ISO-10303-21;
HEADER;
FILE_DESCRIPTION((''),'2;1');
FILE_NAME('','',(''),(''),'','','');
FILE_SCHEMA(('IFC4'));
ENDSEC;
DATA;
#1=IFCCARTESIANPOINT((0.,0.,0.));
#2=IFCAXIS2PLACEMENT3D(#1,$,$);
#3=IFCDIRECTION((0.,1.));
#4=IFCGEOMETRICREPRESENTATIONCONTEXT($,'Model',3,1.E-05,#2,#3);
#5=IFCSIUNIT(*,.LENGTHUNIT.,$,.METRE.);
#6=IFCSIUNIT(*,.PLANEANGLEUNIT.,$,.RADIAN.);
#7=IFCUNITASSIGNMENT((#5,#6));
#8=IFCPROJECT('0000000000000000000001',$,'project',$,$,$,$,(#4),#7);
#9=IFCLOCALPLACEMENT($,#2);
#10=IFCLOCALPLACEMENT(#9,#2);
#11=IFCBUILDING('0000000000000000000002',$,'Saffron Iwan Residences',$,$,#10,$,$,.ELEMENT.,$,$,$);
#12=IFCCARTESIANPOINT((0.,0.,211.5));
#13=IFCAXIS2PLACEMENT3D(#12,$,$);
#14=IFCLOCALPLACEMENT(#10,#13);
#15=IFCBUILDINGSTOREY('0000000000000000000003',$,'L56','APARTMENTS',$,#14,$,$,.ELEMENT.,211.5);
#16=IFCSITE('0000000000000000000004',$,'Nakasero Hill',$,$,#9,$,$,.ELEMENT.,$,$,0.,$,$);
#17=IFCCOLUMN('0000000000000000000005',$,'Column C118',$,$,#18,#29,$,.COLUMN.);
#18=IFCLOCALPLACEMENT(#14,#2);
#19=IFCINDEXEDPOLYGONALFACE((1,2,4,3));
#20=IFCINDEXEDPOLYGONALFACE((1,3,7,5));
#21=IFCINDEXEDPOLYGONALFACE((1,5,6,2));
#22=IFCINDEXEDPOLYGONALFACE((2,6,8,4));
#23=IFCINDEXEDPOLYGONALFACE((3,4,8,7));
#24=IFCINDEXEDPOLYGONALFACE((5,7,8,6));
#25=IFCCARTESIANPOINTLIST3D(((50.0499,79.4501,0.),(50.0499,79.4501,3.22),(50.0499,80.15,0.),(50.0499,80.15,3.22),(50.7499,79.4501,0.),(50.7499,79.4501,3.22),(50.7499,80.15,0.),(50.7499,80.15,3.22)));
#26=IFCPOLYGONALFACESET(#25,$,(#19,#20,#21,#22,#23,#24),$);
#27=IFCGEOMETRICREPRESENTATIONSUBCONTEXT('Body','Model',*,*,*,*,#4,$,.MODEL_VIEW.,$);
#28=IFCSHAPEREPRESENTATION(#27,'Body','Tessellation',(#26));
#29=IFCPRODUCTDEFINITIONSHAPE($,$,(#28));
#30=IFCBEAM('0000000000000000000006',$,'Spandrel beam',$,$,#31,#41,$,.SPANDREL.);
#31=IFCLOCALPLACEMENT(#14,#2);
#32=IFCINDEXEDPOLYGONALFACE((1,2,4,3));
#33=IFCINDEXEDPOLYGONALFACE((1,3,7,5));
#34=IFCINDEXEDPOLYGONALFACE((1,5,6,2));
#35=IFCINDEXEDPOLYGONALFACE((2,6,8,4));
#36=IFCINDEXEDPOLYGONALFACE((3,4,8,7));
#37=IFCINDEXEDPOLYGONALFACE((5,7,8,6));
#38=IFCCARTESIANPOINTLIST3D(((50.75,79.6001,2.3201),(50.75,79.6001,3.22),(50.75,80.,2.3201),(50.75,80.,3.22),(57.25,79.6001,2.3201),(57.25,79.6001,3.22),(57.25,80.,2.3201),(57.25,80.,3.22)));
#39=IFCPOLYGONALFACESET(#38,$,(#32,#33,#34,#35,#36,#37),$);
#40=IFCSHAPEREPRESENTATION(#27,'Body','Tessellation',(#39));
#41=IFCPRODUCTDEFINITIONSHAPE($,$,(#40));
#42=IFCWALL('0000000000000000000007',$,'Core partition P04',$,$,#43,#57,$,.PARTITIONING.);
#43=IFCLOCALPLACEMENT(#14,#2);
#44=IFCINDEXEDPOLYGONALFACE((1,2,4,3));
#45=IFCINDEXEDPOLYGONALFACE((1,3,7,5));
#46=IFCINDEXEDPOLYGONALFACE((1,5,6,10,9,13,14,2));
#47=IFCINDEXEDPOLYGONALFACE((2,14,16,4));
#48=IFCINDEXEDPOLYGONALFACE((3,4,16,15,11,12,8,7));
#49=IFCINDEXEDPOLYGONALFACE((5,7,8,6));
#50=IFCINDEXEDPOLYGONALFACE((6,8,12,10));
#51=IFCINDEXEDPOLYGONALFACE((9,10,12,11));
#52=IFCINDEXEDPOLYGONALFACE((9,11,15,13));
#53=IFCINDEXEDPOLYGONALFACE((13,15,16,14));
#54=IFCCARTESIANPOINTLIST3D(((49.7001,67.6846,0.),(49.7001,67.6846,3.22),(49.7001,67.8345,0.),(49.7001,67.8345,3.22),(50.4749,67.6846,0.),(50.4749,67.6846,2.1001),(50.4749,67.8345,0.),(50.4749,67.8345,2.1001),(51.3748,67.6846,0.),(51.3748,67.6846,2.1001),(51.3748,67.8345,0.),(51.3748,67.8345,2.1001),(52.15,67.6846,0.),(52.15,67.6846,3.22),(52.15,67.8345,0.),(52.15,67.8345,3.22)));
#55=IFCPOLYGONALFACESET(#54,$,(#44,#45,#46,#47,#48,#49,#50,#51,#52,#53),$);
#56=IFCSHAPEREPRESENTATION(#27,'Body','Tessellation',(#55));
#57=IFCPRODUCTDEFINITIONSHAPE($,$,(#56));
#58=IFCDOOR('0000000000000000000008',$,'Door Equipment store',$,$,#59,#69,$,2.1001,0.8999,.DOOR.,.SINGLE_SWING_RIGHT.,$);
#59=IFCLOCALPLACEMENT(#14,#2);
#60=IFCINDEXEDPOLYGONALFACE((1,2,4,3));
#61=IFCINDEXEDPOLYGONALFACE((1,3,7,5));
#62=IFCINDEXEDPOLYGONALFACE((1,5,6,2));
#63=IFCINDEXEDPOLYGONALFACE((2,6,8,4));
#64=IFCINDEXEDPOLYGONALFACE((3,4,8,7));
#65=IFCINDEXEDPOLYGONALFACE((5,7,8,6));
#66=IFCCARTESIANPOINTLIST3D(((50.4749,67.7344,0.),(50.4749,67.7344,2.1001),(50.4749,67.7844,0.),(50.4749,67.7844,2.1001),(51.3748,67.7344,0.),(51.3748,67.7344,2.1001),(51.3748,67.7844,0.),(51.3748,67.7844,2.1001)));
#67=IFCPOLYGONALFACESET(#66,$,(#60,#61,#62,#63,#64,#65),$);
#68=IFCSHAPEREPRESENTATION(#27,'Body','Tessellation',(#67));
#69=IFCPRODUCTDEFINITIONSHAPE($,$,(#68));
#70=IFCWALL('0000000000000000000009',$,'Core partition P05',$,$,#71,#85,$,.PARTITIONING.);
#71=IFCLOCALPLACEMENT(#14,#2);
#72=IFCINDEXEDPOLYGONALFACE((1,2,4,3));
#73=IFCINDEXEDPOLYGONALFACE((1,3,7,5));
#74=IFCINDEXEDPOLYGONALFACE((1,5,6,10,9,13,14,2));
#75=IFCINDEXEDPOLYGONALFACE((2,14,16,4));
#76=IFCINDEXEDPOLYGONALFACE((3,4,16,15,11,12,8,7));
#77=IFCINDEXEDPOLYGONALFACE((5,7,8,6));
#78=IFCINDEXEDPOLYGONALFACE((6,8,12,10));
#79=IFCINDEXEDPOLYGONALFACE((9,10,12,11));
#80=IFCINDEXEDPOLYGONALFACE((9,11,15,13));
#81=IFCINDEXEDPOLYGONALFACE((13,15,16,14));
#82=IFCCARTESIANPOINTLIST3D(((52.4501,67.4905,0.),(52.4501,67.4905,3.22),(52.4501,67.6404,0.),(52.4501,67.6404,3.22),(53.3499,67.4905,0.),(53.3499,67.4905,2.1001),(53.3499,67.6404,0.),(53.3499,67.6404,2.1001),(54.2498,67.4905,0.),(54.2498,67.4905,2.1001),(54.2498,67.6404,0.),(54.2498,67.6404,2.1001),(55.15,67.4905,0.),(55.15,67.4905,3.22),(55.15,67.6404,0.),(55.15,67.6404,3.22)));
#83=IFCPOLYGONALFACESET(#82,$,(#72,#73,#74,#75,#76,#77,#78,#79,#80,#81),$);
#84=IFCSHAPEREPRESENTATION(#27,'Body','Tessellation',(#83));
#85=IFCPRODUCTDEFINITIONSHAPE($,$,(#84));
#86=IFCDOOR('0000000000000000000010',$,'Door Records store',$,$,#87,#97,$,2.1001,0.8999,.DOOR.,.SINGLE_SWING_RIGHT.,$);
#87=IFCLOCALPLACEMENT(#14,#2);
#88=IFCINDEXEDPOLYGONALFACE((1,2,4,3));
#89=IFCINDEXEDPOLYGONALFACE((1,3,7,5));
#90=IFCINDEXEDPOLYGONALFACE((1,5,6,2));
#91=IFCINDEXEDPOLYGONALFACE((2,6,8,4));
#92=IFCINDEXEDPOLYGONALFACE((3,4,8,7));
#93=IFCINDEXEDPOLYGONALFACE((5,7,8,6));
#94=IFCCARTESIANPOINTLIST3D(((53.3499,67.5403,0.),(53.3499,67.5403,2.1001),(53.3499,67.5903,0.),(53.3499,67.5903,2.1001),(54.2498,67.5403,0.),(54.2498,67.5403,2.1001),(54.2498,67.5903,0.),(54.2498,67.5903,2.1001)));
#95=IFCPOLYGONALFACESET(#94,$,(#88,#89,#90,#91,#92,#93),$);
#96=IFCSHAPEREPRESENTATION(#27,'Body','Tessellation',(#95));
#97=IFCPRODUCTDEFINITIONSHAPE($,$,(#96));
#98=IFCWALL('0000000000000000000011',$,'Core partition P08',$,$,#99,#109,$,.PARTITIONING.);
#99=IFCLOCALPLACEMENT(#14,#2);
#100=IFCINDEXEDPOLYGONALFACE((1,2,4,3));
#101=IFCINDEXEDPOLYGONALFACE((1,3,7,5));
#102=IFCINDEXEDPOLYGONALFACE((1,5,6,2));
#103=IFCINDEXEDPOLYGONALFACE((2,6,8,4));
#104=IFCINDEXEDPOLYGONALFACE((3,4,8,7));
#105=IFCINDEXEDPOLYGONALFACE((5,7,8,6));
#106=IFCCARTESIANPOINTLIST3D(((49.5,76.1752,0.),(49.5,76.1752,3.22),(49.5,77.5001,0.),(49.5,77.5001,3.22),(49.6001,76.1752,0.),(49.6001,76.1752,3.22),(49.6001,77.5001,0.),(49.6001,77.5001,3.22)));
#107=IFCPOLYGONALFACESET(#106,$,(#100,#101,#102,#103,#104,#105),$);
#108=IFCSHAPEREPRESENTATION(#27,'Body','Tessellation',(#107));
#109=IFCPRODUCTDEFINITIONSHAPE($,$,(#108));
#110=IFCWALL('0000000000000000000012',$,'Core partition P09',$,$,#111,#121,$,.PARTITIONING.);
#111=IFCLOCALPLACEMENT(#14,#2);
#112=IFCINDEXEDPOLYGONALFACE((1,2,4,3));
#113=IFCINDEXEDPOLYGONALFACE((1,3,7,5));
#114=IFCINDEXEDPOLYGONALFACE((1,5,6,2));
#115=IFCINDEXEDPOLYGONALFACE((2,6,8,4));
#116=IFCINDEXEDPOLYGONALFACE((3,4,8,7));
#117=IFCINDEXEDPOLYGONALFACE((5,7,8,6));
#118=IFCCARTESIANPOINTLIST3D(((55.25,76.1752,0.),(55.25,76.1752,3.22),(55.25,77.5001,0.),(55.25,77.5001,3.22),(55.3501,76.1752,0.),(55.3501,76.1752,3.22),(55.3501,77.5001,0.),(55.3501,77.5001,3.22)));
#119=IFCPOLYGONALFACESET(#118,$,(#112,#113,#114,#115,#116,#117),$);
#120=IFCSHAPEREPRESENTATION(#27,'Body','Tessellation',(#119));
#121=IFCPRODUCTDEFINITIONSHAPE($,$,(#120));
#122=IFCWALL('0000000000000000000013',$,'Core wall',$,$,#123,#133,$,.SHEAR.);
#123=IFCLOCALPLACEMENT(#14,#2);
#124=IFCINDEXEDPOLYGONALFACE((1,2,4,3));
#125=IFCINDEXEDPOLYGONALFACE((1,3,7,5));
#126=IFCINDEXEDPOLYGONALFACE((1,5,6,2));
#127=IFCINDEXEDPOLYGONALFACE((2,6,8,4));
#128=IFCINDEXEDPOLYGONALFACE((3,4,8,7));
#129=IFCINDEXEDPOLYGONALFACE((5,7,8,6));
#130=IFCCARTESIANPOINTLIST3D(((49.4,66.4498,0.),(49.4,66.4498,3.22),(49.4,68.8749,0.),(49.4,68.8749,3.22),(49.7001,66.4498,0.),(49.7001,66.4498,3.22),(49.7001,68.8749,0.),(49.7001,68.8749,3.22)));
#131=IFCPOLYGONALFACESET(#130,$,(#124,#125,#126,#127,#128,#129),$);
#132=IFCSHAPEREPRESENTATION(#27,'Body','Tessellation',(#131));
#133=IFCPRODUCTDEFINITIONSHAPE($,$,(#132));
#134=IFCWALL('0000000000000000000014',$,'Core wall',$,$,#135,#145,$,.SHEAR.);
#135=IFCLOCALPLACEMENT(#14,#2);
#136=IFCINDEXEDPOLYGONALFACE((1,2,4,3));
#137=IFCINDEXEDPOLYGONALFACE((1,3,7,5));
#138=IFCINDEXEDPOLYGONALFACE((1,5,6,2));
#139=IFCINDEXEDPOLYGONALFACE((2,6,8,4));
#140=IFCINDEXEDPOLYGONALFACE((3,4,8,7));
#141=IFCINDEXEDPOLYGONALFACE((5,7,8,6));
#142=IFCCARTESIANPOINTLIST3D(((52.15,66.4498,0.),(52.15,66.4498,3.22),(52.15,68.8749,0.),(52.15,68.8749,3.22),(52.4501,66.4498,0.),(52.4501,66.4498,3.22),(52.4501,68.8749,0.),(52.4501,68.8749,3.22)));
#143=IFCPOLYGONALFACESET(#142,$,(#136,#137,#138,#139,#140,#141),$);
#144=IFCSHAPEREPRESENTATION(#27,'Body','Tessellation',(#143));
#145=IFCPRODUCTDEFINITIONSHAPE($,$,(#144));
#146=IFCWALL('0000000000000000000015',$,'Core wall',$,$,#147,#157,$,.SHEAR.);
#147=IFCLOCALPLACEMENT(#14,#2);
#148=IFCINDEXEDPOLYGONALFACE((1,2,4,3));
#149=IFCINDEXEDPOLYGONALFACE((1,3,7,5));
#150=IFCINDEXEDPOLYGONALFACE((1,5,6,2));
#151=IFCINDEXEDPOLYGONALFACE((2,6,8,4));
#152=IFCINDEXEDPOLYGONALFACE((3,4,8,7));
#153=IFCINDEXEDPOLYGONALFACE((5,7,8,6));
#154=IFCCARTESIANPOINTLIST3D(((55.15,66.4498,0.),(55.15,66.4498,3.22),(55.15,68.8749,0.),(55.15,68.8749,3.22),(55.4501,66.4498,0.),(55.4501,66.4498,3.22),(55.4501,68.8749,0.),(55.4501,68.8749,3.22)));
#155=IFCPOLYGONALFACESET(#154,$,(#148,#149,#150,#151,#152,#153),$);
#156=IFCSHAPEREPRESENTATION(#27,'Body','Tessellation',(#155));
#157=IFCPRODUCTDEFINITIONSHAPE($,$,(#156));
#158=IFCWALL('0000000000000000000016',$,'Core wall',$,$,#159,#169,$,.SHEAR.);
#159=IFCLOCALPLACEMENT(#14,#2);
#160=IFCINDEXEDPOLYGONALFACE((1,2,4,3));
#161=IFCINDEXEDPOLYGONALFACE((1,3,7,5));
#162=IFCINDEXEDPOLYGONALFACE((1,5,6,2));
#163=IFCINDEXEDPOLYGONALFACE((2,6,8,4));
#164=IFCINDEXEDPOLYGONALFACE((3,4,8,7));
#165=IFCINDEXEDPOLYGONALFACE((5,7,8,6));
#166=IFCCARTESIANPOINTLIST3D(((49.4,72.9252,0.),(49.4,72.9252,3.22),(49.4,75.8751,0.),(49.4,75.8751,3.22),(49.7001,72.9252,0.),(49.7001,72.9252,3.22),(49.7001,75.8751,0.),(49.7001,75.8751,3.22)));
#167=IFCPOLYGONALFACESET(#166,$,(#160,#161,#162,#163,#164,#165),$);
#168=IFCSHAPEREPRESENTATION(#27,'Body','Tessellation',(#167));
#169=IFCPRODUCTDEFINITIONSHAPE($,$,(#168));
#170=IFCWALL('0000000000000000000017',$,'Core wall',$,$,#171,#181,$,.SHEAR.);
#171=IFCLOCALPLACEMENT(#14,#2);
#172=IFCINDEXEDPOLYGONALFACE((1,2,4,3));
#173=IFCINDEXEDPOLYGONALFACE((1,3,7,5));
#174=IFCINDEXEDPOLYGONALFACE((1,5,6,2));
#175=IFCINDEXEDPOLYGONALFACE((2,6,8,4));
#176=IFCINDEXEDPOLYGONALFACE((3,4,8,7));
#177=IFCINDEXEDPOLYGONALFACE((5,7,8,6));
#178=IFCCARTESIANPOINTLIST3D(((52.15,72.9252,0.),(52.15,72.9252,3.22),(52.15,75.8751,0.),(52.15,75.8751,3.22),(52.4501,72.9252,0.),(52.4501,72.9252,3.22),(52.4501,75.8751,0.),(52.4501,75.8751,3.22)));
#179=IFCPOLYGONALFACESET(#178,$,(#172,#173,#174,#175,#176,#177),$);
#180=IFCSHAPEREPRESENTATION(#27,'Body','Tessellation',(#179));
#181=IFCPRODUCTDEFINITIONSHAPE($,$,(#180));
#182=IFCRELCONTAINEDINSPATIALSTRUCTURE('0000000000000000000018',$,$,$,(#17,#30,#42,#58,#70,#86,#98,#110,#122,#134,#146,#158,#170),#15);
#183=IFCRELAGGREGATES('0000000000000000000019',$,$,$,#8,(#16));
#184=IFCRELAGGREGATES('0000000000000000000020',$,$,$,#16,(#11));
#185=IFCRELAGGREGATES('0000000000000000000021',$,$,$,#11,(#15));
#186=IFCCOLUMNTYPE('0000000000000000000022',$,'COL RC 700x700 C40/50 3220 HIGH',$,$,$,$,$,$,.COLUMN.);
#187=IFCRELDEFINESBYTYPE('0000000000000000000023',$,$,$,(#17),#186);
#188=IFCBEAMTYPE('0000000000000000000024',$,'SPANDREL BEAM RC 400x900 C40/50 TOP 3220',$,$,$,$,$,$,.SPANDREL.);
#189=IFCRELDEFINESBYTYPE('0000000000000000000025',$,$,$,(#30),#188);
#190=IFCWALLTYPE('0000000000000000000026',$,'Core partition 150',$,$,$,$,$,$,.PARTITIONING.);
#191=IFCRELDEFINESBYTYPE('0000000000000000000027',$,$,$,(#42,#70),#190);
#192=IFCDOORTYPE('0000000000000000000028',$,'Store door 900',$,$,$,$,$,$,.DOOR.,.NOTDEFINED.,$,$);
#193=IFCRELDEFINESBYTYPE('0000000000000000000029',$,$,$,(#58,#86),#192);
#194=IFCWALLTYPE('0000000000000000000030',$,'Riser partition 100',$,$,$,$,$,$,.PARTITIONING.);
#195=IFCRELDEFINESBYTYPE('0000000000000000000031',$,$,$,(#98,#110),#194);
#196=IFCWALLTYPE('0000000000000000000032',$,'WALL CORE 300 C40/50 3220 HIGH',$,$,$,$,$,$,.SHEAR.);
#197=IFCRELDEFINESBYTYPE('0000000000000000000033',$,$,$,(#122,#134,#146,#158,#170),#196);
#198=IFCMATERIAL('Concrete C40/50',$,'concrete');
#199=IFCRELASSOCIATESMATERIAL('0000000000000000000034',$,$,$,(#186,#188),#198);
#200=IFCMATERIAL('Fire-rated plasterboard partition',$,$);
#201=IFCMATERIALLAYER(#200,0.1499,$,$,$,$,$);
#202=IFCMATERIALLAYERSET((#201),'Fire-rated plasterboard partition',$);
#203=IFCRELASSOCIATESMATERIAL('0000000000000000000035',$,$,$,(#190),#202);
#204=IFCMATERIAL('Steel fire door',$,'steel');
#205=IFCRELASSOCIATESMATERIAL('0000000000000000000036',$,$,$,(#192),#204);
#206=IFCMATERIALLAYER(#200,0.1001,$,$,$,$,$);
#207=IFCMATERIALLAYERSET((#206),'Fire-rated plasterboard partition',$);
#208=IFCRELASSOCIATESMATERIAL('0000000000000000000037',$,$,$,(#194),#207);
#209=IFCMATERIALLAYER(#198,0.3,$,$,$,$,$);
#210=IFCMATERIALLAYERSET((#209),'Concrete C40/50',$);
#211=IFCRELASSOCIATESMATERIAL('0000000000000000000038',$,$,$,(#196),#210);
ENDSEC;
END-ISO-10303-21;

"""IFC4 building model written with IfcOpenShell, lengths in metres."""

from ifc_helpers import new_model, si_unit, direction, frame, frame_2d, origin, origin_2d, place, context, subcontext, project, spatial, rectangle, extrude, source, transform, mapped, material, layer, layer_set, material_profile, profile_set, type_object, element, fill, save


model = new_model("IFC4")

# Units and contexts
model_context = context("Model", 3, precision=1e-05, world=origin(), true_north=direction((0.0, 1.0)))
body_context = subcontext(model_context, "Body", "Model", "MODEL_VIEW")
ifc_project = project(units=[si_unit("LENGTHUNIT", "METRE"), si_unit("PLANEANGLEUNIT", "RADIAN")], contexts=[model_context])

# Site, building, storey
site_placement = place(None, origin())
site = spatial("IfcSite", under=ifc_project, at=site_placement, Name="Nakasero Hill", CompositionType="ELEMENT", RefElevation=0.0)
building_placement = place(site_placement, origin())
building = spatial("IfcBuilding", under=site, at=building_placement, Name="Saffron Iwan Residences", CompositionType="ELEMENT")
storey_placement = place(building_placement, frame((0.0, 0.0, 211.5)))
storey = spatial("IfcBuildingStorey", under=building, at=storey_placement, Name="L56", Description="APARTMENTS", CompositionType="ELEMENT", Elevation=211.5)

# Column
ifc_material_1 = material(Name="Concrete C40/50", Category="concrete")
ifc_material_profile_1 = material_profile(ifc_material_1, rectangle(XDim=0.7, YDim=0.7, at=origin_2d()), Name="RC 700x700")
ifc_profile_set_1 = profile_set([ifc_material_profile_1], Name="Concrete C40/50")
column_type = type_object("IfcColumnType", Name="COL RC 700x700 C40/50 3220 HIGH", PredefinedType="COLUMN", material=ifc_profile_set_1)
shared_shape_1 = source(origin(), body_context, "Body", "SweptSolid", [
    extrude(rectangle(XDim=0.7, YDim=0.7, at=origin_2d()), origin(), (0.0, 0.0, 1.0), 3.22),
])
column_placement = place(storey_placement, frame((50.3999, 79.8, 0.0), z_axis=(0.0, 0.0, 1.0), x_axis=(1.0, 0.0, 0.0)))
element("IfcColumn", 1, at=column_placement, inside=storey, type_object=column_type, Name="Column C118", PredefinedType="COLUMN", context=body_context, shape_type="MappedRepresentation", body=[
    mapped(shared_shape_1, transform((0.0, 0.0, 0.0))),
])

# Beam
ifc_material_profile_2 = material_profile(ifc_material_1, rectangle(XDim=0.3999, YDim=0.8999, at=origin_2d()), Name="RC 400x900")
ifc_profile_set_2 = profile_set([ifc_material_profile_2], Name="Concrete C40/50")
beam_type = type_object("IfcBeamType", Name="SPANDREL BEAM RC 400x900 C40/50 TOP 3220", PredefinedType="SPANDREL", material=ifc_profile_set_2)
shared_shape_2 = source(origin(), body_context, "Body", "SweptSolid", [
    extrude(rectangle(XDim=0.3999, YDim=0.8999, at=origin_2d()), origin(), (0.0, 0.0, 1.0), 6.5),
])
beam_placement = place(storey_placement, frame((50.75, 79.8, 2.77), z_axis=(1.0, 0.0, 0.0), x_axis=(0.0, 1.0, 0.0)))
element("IfcBeam", 2, at=beam_placement, inside=storey, type_object=beam_type, Name="Spandrel beam", PredefinedType="SPANDREL", context=body_context, shape_type="MappedRepresentation", body=[
    mapped(shared_shape_2, transform((0.0, 0.0, 0.0))),
])

# Walls, openings, doors
ifc_material_2 = material(Name="Fire-rated plasterboard partition")
ifc_layer_1 = layer(ifc_material_2, 0.1499)
ifc_layer_set_1 = layer_set([ifc_layer_1], Name="Fire-rated plasterboard partition")
wall_type_1 = type_object("IfcWallType", Name="Core partition 150", PredefinedType="PARTITIONING", material=ifc_layer_set_1)
wall_1_placement = place(storey_placement, frame((49.7, 67.7595, 0.0), z_axis=(0.0, 0.0, 1.0), x_axis=(1.0, 0.0, 0.0)))
wall_1 = element("IfcWall", 3, at=wall_1_placement, inside=storey, type_object=wall_type_1, Name="Core partition P04", PredefinedType="PARTITIONING", context=body_context, shape_type="SweptSolid", body=[
    extrude(rectangle(XDim=2.45, YDim=0.1499, at=frame_2d((1.2251, 0.0))), origin(), (0.0, 0.0, 1.0), 3.22),
])
opening_1_placement = place(wall_1_placement, frame((0.7749, 0.0, 0.0)))
opening_1 = element("IfcOpeningElement", 4, at=opening_1_placement, cuts=wall_1, PredefinedType="OPENING", context=body_context, shape_type="SweptSolid", body=[
    extrude(rectangle(XDim=0.8999, YDim=2.1001, at=frame_2d((0.45, 1.05))), frame((0.0, 0.085, 0.0), z_axis=(0.0, -1.0, 0.0), x_axis=(1.0, 0.0, 0.0)), (0.0, 0.0, 1.0), 0.1699),
])
ifc_material_3 = material(Name="Steel fire door", Category="steel")
door_type = type_object("IfcDoorType", Name="Store door 900", OperationType="NOTDEFINED", PredefinedType="DOOR", material=ifc_material_3)
door_1_placement = place(opening_1_placement, origin())
door_1 = element("IfcDoor", 5, at=door_1_placement, inside=storey, type_object=door_type, Name="Door Equipment store", OperationType="SINGLE_SWING_RIGHT", OverallHeight=2.1001, OverallWidth=0.8999, PredefinedType="DOOR", context=body_context, shape_type="SweptSolid", body=[
    extrude(rectangle(XDim=0.8999, YDim=2.1001, at=frame_2d((0.45, 1.05))), frame((0.0, 0.0249, 0.0), z_axis=(0.0, -1.0, 0.0), x_axis=(1.0, 0.0, 0.0)), (0.0, 0.0, 1.0), 0.05),
])
fill(opening_1, door_1)
wall_2_placement = place(storey_placement, frame((52.45, 67.5654, 0.0), z_axis=(0.0, 0.0, 1.0), x_axis=(1.0, 0.0, 0.0)))
wall_2 = element("IfcWall", 6, at=wall_2_placement, inside=storey, type_object=wall_type_1, Name="Core partition P05", PredefinedType="PARTITIONING", context=body_context, shape_type="SweptSolid", body=[
    extrude(rectangle(XDim=2.7, YDim=0.1499, at=frame_2d((1.3501, 0.0))), origin(), (0.0, 0.0, 1.0), 3.22),
])
opening_2_placement = place(wall_2_placement, frame((0.8999, 0.0, 0.0)))
opening_2 = element("IfcOpeningElement", 7, at=opening_2_placement, cuts=wall_2, PredefinedType="OPENING", context=body_context, shape_type="SweptSolid", body=[
    extrude(rectangle(XDim=0.8999, YDim=2.1001, at=frame_2d((0.45, 1.05))), frame((0.0, 0.085, 0.0), z_axis=(0.0, -1.0, 0.0), x_axis=(1.0, 0.0, 0.0)), (0.0, 0.0, 1.0), 0.1699),
])
door_2_placement = place(opening_2_placement, origin())
door_2 = element("IfcDoor", 8, at=door_2_placement, inside=storey, type_object=door_type, Name="Door Records store", OperationType="SINGLE_SWING_RIGHT", OverallHeight=2.1001, OverallWidth=0.8999, PredefinedType="DOOR", context=body_context, shape_type="SweptSolid", body=[
    extrude(rectangle(XDim=0.8999, YDim=2.1001, at=frame_2d((0.45, 1.05))), frame((0.0, 0.0249, 0.0), z_axis=(0.0, -1.0, 0.0), x_axis=(1.0, 0.0, 0.0)), (0.0, 0.0, 1.0), 0.05),
])
fill(opening_2, door_2)

# Walls
ifc_layer_2 = layer(ifc_material_2, 0.1001)
ifc_layer_set_2 = layer_set([ifc_layer_2], Name="Fire-rated plasterboard partition")
wall_type_2 = type_object("IfcWallType", Name="Riser partition 100", PredefinedType="PARTITIONING", material=ifc_layer_set_2)
for number, where, z_axis, x_axis, name in (
    (9, (49.55, 76.175, 0.0), (0.0, 0.0, 1.0), (0.0, 1.0, 0.0), "Core partition P08"),
    (10, (55.3, 76.175, 0.0), (0.0, 0.0, 1.0), (0.0, 1.0, 0.0), "Core partition P09"),
):
    element("IfcWall", number, at=place(storey_placement, frame(where, z_axis=z_axis, x_axis=x_axis)), inside=storey, type_object=wall_type_2, Name=name, PredefinedType="PARTITIONING", context=body_context, shape_type="SweptSolid", body=[
        extrude(rectangle(XDim=1.325, YDim=0.1001, at=frame_2d((0.6626, 0.0))), origin(), (0.0, 0.0, 1.0), 3.22),
    ])
ifc_layer_3 = layer(ifc_material_1, 0.3)
ifc_layer_set_3 = layer_set([ifc_layer_3], Name="Concrete C40/50")
wall_type_3 = type_object("IfcWallType", Name="WALL CORE 300 C40/50 3220 HIGH", PredefinedType="SHEAR", material=ifc_layer_set_3)
for number, where, z_axis, x_axis, name in (
    (11, (49.55, 66.45, 0.0), (0.0, 0.0, 1.0), (0.0, 1.0, 0.0), "Core wall"),
    (12, (52.3, 66.45, 0.0), (0.0, 0.0, 1.0), (0.0, 1.0, 0.0), "Core wall"),
    (13, (55.3, 66.45, 0.0), (0.0, 0.0, 1.0), (0.0, 1.0, 0.0), "Core wall"),
):
    element("IfcWall", number, at=place(storey_placement, frame(where, z_axis=z_axis, x_axis=x_axis)), inside=storey, type_object=wall_type_3, Name=name, PredefinedType="SHEAR", context=body_context, shape_type="SweptSolid", body=[
        extrude(rectangle(XDim=2.425, YDim=0.3, at=frame_2d((1.2124, 0.0))), origin(), (0.0, 0.0, 1.0), 3.22),
    ])
for number, where, z_axis, x_axis, name in (
    (14, (49.55, 72.925, 0.0), (0.0, 0.0, 1.0), (0.0, 1.0, 0.0), "Core wall"),
    (15, (52.3, 72.925, 0.0), (0.0, 0.0, 1.0), (0.0, 1.0, 0.0), "Core wall"),
):
    element("IfcWall", number, at=place(storey_placement, frame(where, z_axis=z_axis, x_axis=x_axis)), inside=storey, type_object=wall_type_3, Name=name, PredefinedType="SHEAR", context=body_context, shape_type="SweptSolid", body=[
        extrude(rectangle(XDim=2.95, YDim=0.3, at=frame_2d((1.4751, 0.0))), origin(), (0.0, 0.0, 1.0), 3.22),
    ])

save(model, "model.ifc")
